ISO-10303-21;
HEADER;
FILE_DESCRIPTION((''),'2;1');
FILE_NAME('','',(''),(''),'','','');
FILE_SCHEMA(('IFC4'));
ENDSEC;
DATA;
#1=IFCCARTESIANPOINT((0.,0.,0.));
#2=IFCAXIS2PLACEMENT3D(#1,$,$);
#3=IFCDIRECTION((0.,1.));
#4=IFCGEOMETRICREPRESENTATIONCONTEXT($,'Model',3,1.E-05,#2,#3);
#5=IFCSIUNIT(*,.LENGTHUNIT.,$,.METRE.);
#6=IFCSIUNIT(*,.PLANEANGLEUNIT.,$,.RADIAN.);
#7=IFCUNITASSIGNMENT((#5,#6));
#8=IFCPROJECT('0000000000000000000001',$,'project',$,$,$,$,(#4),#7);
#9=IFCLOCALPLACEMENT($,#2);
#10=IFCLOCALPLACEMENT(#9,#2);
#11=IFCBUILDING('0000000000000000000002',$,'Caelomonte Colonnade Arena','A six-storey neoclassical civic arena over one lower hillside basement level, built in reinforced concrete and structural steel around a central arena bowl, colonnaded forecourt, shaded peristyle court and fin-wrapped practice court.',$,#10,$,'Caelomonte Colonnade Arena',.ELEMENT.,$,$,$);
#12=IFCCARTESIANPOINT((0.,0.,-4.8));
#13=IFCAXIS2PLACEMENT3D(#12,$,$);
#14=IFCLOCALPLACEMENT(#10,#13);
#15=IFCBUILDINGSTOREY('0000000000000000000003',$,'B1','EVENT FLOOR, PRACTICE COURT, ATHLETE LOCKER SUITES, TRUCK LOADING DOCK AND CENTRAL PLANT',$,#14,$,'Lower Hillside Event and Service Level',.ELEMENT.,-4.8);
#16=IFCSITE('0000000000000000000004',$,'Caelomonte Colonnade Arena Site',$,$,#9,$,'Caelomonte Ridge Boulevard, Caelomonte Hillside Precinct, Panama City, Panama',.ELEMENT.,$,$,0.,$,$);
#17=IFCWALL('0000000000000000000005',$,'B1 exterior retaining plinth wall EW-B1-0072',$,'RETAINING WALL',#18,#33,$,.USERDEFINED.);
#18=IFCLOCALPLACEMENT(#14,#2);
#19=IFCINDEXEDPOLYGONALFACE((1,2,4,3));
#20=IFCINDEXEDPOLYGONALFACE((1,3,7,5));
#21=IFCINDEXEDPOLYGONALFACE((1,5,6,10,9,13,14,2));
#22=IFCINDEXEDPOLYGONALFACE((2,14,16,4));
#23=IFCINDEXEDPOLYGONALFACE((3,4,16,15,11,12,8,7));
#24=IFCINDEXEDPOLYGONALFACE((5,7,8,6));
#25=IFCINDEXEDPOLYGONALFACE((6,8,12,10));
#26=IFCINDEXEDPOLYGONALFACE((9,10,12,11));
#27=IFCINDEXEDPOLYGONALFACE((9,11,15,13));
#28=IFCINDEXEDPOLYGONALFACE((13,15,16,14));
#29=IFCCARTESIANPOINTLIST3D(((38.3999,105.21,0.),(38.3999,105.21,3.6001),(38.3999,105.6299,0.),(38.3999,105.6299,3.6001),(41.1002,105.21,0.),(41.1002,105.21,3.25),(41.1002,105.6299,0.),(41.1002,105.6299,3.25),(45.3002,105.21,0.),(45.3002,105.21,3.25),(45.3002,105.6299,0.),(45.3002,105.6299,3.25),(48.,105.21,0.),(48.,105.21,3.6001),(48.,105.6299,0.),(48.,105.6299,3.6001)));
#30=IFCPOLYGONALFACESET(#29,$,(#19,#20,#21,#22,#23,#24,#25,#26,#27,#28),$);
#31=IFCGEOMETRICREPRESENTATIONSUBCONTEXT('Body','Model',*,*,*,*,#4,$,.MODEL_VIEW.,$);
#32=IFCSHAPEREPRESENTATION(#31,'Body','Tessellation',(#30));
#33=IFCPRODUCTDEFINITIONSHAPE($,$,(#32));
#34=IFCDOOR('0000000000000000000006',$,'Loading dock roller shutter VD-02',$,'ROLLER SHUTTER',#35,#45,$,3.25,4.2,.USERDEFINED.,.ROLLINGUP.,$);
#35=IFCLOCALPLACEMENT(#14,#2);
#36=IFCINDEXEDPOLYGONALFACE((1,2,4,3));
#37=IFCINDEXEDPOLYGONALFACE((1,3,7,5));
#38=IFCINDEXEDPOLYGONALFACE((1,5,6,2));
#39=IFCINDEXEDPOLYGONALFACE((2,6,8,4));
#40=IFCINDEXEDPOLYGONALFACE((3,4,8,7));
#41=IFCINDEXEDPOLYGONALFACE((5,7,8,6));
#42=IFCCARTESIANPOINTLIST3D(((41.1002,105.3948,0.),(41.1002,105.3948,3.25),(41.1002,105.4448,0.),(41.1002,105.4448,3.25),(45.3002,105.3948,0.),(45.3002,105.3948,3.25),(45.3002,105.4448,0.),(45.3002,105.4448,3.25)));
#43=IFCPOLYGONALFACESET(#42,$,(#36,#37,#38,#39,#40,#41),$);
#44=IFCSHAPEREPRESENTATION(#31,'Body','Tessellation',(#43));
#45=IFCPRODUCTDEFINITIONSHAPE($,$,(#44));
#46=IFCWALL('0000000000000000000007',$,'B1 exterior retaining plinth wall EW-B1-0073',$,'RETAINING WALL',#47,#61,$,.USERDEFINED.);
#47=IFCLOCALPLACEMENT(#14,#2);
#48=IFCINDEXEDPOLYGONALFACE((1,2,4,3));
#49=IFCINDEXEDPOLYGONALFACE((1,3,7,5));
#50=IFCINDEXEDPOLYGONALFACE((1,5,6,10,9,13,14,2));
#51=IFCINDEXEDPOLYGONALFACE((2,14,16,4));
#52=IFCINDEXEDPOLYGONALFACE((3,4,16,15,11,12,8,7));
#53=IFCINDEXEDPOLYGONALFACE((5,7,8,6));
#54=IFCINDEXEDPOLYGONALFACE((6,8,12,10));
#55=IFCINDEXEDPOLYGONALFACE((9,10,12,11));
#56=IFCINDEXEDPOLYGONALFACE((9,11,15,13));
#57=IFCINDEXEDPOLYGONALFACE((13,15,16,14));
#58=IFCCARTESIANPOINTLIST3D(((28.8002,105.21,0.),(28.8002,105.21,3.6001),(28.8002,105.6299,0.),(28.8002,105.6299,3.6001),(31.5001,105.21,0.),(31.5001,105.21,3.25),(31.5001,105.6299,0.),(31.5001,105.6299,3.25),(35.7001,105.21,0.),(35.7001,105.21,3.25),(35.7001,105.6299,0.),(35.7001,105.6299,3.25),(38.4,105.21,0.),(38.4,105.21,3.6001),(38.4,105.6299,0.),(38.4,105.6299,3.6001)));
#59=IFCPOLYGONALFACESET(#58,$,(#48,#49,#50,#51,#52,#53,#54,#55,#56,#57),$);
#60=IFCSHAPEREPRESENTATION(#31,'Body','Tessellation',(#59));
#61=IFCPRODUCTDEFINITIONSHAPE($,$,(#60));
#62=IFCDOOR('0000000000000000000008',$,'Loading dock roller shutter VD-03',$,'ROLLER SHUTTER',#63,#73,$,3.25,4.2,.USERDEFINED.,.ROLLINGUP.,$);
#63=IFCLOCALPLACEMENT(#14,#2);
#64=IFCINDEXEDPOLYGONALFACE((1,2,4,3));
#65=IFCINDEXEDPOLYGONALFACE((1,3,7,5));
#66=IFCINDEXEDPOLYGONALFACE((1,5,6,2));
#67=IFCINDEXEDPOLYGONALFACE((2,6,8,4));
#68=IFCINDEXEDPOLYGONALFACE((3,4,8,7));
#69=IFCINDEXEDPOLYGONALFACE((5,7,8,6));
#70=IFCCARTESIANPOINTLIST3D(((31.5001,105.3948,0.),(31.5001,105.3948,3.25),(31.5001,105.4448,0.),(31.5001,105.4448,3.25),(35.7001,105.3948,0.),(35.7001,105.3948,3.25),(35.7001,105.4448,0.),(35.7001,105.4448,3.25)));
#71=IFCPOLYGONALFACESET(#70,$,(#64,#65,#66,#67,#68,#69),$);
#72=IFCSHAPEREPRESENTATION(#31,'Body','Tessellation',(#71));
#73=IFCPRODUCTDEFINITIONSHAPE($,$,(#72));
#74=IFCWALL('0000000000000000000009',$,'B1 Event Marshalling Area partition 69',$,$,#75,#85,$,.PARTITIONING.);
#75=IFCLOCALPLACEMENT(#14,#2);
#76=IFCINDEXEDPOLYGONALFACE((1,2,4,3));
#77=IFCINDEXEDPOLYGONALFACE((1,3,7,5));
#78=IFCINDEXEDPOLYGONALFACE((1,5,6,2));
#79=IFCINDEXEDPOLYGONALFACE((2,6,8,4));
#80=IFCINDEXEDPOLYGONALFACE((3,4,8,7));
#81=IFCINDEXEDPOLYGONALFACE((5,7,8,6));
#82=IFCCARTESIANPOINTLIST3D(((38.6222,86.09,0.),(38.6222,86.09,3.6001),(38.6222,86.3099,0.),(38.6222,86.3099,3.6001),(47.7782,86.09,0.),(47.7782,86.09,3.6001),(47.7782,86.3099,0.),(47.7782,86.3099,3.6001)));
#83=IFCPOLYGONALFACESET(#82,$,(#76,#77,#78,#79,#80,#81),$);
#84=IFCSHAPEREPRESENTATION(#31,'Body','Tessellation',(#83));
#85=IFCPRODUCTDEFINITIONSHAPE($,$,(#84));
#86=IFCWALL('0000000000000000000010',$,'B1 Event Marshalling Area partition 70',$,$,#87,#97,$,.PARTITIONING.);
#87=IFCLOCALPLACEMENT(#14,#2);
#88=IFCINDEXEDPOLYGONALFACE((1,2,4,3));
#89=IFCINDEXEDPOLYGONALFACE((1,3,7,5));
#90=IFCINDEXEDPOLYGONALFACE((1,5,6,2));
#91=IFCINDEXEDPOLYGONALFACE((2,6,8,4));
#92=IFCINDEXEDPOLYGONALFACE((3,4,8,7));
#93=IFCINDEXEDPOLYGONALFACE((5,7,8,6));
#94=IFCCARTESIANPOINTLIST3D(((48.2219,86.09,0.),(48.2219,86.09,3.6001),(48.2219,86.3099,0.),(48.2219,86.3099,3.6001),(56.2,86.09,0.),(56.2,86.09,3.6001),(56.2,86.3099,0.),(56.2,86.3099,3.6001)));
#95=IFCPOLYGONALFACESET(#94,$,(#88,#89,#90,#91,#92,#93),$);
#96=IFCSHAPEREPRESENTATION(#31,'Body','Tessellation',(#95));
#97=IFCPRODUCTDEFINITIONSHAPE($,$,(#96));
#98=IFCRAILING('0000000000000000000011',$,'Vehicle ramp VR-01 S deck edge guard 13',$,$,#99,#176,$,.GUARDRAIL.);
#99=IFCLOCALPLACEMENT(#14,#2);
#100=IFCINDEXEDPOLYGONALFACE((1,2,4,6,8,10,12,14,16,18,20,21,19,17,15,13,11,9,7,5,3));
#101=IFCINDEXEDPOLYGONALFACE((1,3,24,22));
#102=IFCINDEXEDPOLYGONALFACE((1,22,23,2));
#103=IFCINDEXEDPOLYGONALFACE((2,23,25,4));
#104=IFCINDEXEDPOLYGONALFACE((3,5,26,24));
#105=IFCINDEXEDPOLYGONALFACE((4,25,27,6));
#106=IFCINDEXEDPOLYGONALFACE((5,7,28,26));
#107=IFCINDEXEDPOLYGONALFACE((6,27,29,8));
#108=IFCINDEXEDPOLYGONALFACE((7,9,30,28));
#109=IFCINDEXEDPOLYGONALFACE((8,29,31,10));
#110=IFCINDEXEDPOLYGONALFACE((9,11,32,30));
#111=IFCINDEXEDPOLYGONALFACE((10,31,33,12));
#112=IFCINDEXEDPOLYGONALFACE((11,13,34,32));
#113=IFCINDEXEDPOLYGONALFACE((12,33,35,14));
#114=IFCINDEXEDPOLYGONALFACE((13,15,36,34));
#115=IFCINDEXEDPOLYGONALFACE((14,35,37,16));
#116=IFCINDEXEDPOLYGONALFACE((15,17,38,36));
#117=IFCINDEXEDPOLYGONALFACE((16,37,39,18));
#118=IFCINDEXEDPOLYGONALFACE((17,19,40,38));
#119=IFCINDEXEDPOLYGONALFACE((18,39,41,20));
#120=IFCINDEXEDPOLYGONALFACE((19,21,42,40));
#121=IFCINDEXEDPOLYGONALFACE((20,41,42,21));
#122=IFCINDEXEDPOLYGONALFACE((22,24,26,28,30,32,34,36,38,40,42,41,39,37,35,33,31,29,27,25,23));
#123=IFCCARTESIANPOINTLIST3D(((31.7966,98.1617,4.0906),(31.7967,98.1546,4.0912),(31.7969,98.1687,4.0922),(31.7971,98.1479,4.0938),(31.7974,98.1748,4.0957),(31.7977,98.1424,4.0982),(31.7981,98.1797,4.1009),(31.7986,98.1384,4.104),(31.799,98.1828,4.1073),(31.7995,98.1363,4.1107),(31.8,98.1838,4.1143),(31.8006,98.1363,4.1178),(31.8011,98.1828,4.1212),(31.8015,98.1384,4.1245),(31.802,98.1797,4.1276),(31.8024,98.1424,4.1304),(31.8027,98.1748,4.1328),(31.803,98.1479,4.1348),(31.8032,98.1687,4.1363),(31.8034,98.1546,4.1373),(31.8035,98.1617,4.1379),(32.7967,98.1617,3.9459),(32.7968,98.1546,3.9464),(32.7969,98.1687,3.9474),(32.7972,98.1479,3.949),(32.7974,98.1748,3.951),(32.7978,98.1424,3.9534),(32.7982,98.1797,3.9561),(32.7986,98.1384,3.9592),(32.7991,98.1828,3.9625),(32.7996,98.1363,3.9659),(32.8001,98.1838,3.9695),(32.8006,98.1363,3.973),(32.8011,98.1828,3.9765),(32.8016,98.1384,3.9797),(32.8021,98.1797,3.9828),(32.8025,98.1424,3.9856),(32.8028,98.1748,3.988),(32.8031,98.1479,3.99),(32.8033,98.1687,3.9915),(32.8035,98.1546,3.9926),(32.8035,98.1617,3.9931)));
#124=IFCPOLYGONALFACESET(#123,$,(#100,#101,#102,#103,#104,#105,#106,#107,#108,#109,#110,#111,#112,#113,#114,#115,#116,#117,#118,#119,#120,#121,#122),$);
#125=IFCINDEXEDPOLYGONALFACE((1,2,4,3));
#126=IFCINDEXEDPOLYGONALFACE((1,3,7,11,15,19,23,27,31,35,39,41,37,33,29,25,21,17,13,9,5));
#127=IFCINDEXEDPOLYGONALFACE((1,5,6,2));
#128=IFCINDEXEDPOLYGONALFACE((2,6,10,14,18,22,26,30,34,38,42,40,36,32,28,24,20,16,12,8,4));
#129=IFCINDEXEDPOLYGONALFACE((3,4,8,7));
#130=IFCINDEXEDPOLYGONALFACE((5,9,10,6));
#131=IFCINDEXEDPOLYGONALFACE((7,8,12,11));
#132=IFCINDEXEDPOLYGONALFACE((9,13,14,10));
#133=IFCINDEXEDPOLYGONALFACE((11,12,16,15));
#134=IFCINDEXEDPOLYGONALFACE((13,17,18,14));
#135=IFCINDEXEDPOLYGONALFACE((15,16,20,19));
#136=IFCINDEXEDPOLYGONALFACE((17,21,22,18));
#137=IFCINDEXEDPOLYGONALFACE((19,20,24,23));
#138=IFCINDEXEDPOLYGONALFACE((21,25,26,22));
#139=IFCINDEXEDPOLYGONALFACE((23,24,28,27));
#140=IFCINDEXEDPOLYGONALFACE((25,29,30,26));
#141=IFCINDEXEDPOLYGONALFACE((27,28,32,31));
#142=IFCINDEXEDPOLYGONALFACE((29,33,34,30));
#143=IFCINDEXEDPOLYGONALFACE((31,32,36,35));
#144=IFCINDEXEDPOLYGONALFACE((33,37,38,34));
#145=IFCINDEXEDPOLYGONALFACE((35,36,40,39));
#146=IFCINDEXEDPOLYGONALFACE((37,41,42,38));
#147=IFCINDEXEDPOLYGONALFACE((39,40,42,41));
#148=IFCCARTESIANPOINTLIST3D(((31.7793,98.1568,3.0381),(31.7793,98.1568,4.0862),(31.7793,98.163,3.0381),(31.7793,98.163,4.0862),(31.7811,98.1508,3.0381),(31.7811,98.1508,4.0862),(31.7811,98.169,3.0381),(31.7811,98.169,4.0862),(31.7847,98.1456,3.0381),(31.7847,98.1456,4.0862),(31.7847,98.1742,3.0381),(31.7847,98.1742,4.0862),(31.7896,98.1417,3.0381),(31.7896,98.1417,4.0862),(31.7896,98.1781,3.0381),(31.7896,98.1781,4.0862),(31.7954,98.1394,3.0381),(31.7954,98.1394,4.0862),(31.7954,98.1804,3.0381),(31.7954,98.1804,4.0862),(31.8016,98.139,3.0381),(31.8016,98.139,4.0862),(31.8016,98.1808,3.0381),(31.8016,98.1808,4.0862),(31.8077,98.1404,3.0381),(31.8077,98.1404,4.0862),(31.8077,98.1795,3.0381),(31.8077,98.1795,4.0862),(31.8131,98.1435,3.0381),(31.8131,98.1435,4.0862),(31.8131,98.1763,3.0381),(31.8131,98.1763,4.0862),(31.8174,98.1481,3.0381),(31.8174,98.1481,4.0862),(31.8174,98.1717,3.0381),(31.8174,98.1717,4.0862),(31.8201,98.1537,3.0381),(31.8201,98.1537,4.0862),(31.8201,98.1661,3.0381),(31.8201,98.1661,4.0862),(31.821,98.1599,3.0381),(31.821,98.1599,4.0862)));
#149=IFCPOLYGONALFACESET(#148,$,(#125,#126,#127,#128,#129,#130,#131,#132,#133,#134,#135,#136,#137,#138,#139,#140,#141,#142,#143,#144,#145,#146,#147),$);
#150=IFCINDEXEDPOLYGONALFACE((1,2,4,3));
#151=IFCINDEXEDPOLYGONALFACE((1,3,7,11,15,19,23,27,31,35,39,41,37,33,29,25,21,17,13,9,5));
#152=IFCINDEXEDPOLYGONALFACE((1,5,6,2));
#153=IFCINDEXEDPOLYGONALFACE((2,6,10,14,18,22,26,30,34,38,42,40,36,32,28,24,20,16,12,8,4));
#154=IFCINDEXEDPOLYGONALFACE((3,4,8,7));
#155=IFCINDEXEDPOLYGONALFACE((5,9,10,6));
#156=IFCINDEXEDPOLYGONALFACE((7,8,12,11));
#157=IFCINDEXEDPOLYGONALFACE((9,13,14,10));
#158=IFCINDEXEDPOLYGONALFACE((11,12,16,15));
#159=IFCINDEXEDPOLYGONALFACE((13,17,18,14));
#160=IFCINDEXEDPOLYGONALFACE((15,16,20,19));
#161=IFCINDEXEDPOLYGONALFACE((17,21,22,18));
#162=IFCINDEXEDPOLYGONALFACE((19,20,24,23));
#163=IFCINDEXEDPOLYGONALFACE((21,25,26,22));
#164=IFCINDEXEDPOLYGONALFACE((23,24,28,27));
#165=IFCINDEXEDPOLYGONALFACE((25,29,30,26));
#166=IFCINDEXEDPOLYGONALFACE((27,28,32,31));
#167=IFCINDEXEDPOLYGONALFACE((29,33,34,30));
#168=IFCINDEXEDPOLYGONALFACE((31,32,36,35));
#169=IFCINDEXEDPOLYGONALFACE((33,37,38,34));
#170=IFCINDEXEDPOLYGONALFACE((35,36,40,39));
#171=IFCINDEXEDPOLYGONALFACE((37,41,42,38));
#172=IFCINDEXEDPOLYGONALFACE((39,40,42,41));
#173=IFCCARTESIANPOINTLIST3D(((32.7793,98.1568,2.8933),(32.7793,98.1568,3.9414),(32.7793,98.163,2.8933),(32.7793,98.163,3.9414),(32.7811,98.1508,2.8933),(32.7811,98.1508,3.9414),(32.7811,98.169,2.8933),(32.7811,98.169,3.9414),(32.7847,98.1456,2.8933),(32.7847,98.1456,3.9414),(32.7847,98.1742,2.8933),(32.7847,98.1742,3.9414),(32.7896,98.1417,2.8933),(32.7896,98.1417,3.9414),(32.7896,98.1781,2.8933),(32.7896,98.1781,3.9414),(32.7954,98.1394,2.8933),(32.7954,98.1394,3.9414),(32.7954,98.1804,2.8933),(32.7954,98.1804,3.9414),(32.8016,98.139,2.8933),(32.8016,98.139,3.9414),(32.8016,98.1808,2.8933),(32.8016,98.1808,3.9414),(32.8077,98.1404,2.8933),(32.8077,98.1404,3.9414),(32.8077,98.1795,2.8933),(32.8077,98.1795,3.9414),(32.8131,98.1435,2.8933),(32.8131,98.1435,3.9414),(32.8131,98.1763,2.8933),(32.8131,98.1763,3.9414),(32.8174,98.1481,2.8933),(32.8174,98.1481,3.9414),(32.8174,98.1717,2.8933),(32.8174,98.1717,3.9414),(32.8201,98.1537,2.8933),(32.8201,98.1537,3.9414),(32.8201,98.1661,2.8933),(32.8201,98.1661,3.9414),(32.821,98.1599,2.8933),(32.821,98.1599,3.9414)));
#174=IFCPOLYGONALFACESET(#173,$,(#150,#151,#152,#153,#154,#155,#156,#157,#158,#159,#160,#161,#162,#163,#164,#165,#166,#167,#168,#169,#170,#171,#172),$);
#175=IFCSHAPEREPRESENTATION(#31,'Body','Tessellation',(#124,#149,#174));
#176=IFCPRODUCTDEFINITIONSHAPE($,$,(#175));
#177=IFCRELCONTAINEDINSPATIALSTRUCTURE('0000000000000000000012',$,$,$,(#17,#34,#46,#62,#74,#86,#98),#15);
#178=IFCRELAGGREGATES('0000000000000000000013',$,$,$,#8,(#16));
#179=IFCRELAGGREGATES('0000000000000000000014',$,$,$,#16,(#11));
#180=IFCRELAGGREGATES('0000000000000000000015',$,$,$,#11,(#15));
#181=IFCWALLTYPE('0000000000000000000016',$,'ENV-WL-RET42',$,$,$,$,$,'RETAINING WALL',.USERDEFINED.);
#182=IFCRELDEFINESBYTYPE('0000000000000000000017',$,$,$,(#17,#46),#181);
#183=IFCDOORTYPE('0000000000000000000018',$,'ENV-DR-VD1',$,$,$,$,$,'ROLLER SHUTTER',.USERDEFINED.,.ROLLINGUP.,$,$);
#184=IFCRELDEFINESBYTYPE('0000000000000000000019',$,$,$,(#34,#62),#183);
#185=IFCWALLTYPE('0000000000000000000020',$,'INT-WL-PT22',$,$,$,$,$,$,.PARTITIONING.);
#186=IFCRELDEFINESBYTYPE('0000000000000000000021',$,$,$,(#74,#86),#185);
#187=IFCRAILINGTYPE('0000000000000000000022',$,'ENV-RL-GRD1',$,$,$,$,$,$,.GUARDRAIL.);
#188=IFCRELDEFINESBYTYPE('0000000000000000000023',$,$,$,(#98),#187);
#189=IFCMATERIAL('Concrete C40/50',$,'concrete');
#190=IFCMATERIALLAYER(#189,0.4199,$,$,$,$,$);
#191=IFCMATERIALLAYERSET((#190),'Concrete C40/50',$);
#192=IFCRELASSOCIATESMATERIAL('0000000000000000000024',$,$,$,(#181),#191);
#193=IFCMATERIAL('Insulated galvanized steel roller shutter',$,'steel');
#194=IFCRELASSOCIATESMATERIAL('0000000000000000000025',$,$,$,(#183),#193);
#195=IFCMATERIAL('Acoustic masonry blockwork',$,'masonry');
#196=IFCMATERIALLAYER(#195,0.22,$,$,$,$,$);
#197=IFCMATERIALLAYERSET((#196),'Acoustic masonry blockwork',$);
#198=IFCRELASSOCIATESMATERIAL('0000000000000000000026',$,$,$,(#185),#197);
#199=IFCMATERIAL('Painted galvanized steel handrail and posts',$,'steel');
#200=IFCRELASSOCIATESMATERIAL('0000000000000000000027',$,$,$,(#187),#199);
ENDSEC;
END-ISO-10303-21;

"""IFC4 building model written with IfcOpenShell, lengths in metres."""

from ifc_helpers import new_model, si_unit, direction, frame, frame_2d, origin, origin_2d, place, context, subcontext, project, spatial, rectangle, circle, extrude, material, layer, layer_set, type_object, element, fill, save


model = new_model("IFC4")

# Units and contexts
model_context = context("Model", 3, precision=1e-05, world=origin(), true_north=direction((0.0, 1.0)))
body_context = subcontext(model_context, "Body", "Model", "MODEL_VIEW")
ifc_project = project(units=[si_unit("LENGTHUNIT", "METRE"), si_unit("PLANEANGLEUNIT", "RADIAN")], contexts=[model_context])

# Site, building, storey
site_placement = place(None, origin())
site = spatial("IfcSite", under=ifc_project, at=site_placement, Name="Caelomonte Colonnade Arena Site", LongName="Caelomonte Ridge Boulevard, Caelomonte Hillside Precinct, Panama City, Panama", CompositionType="ELEMENT", RefElevation=0.0)
building_placement = place(site_placement, origin())
building = spatial("IfcBuilding", under=site, at=building_placement, Name="Caelomonte Colonnade Arena", Description="A six-storey neoclassical civic arena over one lower hillside basement level, built in reinforced concrete and structural steel around a central arena bowl, colonnaded forecourt, shaded peristyle court and fin-wrapped practice court.", LongName="Caelomonte Colonnade Arena", CompositionType="ELEMENT")
storey_placement = place(building_placement, frame((0.0, 0.0, -4.8)))
storey = spatial("IfcBuildingStorey", under=building, at=storey_placement, Name="B1", Description="EVENT FLOOR, PRACTICE COURT, ATHLETE LOCKER SUITES, TRUCK LOADING DOCK AND CENTRAL PLANT", LongName="Lower Hillside Event and Service Level", CompositionType="ELEMENT", Elevation=-4.8)

# Shared definitions
ifc_material_1 = material(Name="Concrete C40/50", Category="concrete")

# Walls, openings, doors
ifc_layer_1 = layer(ifc_material_1, 0.4199)
ifc_layer_set_1 = layer_set([ifc_layer_1], Name="Concrete C40/50")
wall_type_1 = type_object("IfcWallType", Name="ENV-WL-RET42", ElementType="RETAINING WALL", PredefinedType="USERDEFINED", material=ifc_layer_set_1)
wall_1_placement = place(storey_placement, frame((48.0, 105.4199, 0.0), z_axis=(0.0, 0.0, 1.0), x_axis=(-1.0, 0.0, 0.0)))
wall_1 = element("IfcWall", 1, at=wall_1_placement, inside=storey, type_object=wall_type_1, Name="B1 exterior retaining plinth wall EW-B1-0072", ObjectType="RETAINING WALL", PredefinedType="USERDEFINED", context=body_context, shape_type="SweptSolid", body=[
    extrude(rectangle(XDim=9.6001, YDim=0.4199, at=frame_2d((4.8, 0.0))), origin(), (0.0, 0.0, 1.0), 3.6001),
])
opening_1_placement = place(wall_1_placement, frame((6.8999, 0.0, 0.0), z_axis=(0.0, 0.0, 1.0), x_axis=(-1.0, 0.0, 0.0)))
opening_1 = element("IfcOpeningElement", 2, at=opening_1_placement, cuts=wall_1, PredefinedType="OPENING", context=body_context, shape_type="SweptSolid", body=[
    extrude(rectangle(XDim=4.2, YDim=3.25, at=frame_2d((2.1001, 1.625))), frame((0.0, 0.22, 0.0), z_axis=(0.0, -1.0, 0.0), x_axis=(1.0, 0.0, 0.0)), (0.0, 0.0, 1.0), 0.4399),
])
ifc_material_2 = material(Name="Insulated galvanized steel roller shutter", Category="steel")
door_type = type_object("IfcDoorType", Name="ENV-DR-VD1", ElementType="ROLLER SHUTTER", OperationType="ROLLINGUP", PredefinedType="USERDEFINED", material=ifc_material_2)
door_1_placement = place(opening_1_placement, origin())
door_1 = element("IfcDoor", 3, at=door_1_placement, inside=storey, type_object=door_type, Name="Loading dock roller shutter VD-02", ObjectType="ROLLER SHUTTER", OperationType="ROLLINGUP", OverallHeight=3.25, OverallWidth=4.2, PredefinedType="USERDEFINED", context=body_context, shape_type="SweptSolid", body=[
    extrude(rectangle(XDim=4.2, YDim=3.25, at=frame_2d((2.1001, 1.625))), frame((0.0, 0.0249, 0.0), z_axis=(0.0, -1.0, 0.0), x_axis=(1.0, 0.0, 0.0)), (0.0, 0.0, 1.0), 0.05),
])
fill(opening_1, door_1)
wall_2_placement = place(storey_placement, frame((38.3999, 105.4199, 0.0), z_axis=(0.0, 0.0, 1.0), x_axis=(-1.0, 0.0, 0.0)))
wall_2 = element("IfcWall", 4, at=wall_2_placement, inside=storey, type_object=wall_type_1, Name="B1 exterior retaining plinth wall EW-B1-0073", ObjectType="RETAINING WALL", PredefinedType="USERDEFINED", context=body_context, shape_type="SweptSolid", body=[
    extrude(rectangle(XDim=9.5999, YDim=0.4199, at=frame_2d((4.7998, 0.0))), origin(), (0.0, 0.0, 1.0), 3.6001),
])
opening_2_placement = place(wall_2_placement, frame((6.8999, 0.0, 0.0), z_axis=(0.0, 0.0, 1.0), x_axis=(-1.0, 0.0, 0.0)))
opening_2 = element("IfcOpeningElement", 5, at=opening_2_placement, cuts=wall_2, PredefinedType="OPENING", context=body_context, shape_type="SweptSolid", body=[
    extrude(rectangle(XDim=4.2, YDim=3.25, at=frame_2d((2.1001, 1.625))), frame((0.0, 0.22, 0.0), z_axis=(0.0, -1.0, 0.0), x_axis=(1.0, 0.0, 0.0)), (0.0, 0.0, 1.0), 0.4399),
])
door_2_placement = place(opening_2_placement, origin())
door_2 = element("IfcDoor", 6, at=door_2_placement, inside=storey, type_object=door_type, Name="Loading dock roller shutter VD-03", ObjectType="ROLLER SHUTTER", OperationType="ROLLINGUP", OverallHeight=3.25, OverallWidth=4.2, PredefinedType="USERDEFINED", context=body_context, shape_type="SweptSolid", body=[
    extrude(rectangle(XDim=4.2, YDim=3.25, at=frame_2d((2.1001, 1.625))), frame((0.0, 0.0249, 0.0), z_axis=(0.0, -1.0, 0.0), x_axis=(1.0, 0.0, 0.0)), (0.0, 0.0, 1.0), 0.05),
])
fill(opening_2, door_2)

# Walls
ifc_material_3 = material(Name="Acoustic masonry blockwork", Category="masonry")
ifc_layer_2 = layer(ifc_material_3, 0.22)
ifc_layer_set_2 = layer_set([ifc_layer_2], Name="Acoustic masonry blockwork")
wall_type_2 = type_object("IfcWallType", Name="INT-WL-PT22", PredefinedType="PARTITIONING", material=ifc_layer_set_2)
wall_3_placement = place(storey_placement, frame((38.6221, 86.2, 0.0), z_axis=(0.0, 0.0, 1.0), x_axis=(1.0, 0.0, 0.0)))
element("IfcWall", 7, at=wall_3_placement, inside=storey, type_object=wall_type_2, Name="B1 Event Marshalling Area partition 69", PredefinedType="PARTITIONING", context=body_context, shape_type="SweptSolid", body=[
    extrude(rectangle(XDim=9.156, YDim=0.22, at=frame_2d((4.5781, 0.0))), origin(), (0.0, 0.0, 1.0), 3.6001),
])
wall_4_placement = place(storey_placement, frame((48.2219, 86.2, 0.0), z_axis=(0.0, 0.0, 1.0), x_axis=(1.0, 0.0, 0.0)))
element("IfcWall", 8, at=wall_4_placement, inside=storey, type_object=wall_type_2, Name="B1 Event Marshalling Area partition 70", PredefinedType="PARTITIONING", context=body_context, shape_type="SweptSolid", body=[
    extrude(rectangle(XDim=7.978, YDim=0.22, at=frame_2d((3.989, 0.0))), origin(), (0.0, 0.0, 1.0), 3.6001),
])

# Railing
ifc_material_4 = material(Name="Painted galvanized steel handrail and posts", Category="steel")
railing_type = type_object("IfcRailingType", Name="ENV-RL-GRD1", PredefinedType="GUARDRAIL", material=ifc_material_4)
railing_1_placement = place(storey_placement, frame((31.8, 98.1599, 3.0381)))
element("IfcRailing", 9, at=railing_1_placement, inside=storey, type_object=railing_type, Name="Vehicle ramp VR-01 S deck edge guard 13", PredefinedType="GUARDRAIL", context=body_context, shape_type="SweptSolid", body=[
    extrude(circle(Radius=0.0239, at=origin_2d()), frame((0.0, 0.0, 1.0762), z_axis=(0.989682, 0.0, -0.143282), x_axis=(0.0, 1.0, 0.0)), (0.0, 0.0, 1.0), 1.0105),
    extrude(circle(Radius=0.021, at=origin_2d()), origin(), (0.0, 0.0, 1.0), 1.0481),
    extrude(circle(Radius=0.021, at=origin_2d()), frame((1.0, 0.0, -0.1448)), (0.0, 0.0, 1.0), 1.0481),
])

save(model, "model.ifc")
